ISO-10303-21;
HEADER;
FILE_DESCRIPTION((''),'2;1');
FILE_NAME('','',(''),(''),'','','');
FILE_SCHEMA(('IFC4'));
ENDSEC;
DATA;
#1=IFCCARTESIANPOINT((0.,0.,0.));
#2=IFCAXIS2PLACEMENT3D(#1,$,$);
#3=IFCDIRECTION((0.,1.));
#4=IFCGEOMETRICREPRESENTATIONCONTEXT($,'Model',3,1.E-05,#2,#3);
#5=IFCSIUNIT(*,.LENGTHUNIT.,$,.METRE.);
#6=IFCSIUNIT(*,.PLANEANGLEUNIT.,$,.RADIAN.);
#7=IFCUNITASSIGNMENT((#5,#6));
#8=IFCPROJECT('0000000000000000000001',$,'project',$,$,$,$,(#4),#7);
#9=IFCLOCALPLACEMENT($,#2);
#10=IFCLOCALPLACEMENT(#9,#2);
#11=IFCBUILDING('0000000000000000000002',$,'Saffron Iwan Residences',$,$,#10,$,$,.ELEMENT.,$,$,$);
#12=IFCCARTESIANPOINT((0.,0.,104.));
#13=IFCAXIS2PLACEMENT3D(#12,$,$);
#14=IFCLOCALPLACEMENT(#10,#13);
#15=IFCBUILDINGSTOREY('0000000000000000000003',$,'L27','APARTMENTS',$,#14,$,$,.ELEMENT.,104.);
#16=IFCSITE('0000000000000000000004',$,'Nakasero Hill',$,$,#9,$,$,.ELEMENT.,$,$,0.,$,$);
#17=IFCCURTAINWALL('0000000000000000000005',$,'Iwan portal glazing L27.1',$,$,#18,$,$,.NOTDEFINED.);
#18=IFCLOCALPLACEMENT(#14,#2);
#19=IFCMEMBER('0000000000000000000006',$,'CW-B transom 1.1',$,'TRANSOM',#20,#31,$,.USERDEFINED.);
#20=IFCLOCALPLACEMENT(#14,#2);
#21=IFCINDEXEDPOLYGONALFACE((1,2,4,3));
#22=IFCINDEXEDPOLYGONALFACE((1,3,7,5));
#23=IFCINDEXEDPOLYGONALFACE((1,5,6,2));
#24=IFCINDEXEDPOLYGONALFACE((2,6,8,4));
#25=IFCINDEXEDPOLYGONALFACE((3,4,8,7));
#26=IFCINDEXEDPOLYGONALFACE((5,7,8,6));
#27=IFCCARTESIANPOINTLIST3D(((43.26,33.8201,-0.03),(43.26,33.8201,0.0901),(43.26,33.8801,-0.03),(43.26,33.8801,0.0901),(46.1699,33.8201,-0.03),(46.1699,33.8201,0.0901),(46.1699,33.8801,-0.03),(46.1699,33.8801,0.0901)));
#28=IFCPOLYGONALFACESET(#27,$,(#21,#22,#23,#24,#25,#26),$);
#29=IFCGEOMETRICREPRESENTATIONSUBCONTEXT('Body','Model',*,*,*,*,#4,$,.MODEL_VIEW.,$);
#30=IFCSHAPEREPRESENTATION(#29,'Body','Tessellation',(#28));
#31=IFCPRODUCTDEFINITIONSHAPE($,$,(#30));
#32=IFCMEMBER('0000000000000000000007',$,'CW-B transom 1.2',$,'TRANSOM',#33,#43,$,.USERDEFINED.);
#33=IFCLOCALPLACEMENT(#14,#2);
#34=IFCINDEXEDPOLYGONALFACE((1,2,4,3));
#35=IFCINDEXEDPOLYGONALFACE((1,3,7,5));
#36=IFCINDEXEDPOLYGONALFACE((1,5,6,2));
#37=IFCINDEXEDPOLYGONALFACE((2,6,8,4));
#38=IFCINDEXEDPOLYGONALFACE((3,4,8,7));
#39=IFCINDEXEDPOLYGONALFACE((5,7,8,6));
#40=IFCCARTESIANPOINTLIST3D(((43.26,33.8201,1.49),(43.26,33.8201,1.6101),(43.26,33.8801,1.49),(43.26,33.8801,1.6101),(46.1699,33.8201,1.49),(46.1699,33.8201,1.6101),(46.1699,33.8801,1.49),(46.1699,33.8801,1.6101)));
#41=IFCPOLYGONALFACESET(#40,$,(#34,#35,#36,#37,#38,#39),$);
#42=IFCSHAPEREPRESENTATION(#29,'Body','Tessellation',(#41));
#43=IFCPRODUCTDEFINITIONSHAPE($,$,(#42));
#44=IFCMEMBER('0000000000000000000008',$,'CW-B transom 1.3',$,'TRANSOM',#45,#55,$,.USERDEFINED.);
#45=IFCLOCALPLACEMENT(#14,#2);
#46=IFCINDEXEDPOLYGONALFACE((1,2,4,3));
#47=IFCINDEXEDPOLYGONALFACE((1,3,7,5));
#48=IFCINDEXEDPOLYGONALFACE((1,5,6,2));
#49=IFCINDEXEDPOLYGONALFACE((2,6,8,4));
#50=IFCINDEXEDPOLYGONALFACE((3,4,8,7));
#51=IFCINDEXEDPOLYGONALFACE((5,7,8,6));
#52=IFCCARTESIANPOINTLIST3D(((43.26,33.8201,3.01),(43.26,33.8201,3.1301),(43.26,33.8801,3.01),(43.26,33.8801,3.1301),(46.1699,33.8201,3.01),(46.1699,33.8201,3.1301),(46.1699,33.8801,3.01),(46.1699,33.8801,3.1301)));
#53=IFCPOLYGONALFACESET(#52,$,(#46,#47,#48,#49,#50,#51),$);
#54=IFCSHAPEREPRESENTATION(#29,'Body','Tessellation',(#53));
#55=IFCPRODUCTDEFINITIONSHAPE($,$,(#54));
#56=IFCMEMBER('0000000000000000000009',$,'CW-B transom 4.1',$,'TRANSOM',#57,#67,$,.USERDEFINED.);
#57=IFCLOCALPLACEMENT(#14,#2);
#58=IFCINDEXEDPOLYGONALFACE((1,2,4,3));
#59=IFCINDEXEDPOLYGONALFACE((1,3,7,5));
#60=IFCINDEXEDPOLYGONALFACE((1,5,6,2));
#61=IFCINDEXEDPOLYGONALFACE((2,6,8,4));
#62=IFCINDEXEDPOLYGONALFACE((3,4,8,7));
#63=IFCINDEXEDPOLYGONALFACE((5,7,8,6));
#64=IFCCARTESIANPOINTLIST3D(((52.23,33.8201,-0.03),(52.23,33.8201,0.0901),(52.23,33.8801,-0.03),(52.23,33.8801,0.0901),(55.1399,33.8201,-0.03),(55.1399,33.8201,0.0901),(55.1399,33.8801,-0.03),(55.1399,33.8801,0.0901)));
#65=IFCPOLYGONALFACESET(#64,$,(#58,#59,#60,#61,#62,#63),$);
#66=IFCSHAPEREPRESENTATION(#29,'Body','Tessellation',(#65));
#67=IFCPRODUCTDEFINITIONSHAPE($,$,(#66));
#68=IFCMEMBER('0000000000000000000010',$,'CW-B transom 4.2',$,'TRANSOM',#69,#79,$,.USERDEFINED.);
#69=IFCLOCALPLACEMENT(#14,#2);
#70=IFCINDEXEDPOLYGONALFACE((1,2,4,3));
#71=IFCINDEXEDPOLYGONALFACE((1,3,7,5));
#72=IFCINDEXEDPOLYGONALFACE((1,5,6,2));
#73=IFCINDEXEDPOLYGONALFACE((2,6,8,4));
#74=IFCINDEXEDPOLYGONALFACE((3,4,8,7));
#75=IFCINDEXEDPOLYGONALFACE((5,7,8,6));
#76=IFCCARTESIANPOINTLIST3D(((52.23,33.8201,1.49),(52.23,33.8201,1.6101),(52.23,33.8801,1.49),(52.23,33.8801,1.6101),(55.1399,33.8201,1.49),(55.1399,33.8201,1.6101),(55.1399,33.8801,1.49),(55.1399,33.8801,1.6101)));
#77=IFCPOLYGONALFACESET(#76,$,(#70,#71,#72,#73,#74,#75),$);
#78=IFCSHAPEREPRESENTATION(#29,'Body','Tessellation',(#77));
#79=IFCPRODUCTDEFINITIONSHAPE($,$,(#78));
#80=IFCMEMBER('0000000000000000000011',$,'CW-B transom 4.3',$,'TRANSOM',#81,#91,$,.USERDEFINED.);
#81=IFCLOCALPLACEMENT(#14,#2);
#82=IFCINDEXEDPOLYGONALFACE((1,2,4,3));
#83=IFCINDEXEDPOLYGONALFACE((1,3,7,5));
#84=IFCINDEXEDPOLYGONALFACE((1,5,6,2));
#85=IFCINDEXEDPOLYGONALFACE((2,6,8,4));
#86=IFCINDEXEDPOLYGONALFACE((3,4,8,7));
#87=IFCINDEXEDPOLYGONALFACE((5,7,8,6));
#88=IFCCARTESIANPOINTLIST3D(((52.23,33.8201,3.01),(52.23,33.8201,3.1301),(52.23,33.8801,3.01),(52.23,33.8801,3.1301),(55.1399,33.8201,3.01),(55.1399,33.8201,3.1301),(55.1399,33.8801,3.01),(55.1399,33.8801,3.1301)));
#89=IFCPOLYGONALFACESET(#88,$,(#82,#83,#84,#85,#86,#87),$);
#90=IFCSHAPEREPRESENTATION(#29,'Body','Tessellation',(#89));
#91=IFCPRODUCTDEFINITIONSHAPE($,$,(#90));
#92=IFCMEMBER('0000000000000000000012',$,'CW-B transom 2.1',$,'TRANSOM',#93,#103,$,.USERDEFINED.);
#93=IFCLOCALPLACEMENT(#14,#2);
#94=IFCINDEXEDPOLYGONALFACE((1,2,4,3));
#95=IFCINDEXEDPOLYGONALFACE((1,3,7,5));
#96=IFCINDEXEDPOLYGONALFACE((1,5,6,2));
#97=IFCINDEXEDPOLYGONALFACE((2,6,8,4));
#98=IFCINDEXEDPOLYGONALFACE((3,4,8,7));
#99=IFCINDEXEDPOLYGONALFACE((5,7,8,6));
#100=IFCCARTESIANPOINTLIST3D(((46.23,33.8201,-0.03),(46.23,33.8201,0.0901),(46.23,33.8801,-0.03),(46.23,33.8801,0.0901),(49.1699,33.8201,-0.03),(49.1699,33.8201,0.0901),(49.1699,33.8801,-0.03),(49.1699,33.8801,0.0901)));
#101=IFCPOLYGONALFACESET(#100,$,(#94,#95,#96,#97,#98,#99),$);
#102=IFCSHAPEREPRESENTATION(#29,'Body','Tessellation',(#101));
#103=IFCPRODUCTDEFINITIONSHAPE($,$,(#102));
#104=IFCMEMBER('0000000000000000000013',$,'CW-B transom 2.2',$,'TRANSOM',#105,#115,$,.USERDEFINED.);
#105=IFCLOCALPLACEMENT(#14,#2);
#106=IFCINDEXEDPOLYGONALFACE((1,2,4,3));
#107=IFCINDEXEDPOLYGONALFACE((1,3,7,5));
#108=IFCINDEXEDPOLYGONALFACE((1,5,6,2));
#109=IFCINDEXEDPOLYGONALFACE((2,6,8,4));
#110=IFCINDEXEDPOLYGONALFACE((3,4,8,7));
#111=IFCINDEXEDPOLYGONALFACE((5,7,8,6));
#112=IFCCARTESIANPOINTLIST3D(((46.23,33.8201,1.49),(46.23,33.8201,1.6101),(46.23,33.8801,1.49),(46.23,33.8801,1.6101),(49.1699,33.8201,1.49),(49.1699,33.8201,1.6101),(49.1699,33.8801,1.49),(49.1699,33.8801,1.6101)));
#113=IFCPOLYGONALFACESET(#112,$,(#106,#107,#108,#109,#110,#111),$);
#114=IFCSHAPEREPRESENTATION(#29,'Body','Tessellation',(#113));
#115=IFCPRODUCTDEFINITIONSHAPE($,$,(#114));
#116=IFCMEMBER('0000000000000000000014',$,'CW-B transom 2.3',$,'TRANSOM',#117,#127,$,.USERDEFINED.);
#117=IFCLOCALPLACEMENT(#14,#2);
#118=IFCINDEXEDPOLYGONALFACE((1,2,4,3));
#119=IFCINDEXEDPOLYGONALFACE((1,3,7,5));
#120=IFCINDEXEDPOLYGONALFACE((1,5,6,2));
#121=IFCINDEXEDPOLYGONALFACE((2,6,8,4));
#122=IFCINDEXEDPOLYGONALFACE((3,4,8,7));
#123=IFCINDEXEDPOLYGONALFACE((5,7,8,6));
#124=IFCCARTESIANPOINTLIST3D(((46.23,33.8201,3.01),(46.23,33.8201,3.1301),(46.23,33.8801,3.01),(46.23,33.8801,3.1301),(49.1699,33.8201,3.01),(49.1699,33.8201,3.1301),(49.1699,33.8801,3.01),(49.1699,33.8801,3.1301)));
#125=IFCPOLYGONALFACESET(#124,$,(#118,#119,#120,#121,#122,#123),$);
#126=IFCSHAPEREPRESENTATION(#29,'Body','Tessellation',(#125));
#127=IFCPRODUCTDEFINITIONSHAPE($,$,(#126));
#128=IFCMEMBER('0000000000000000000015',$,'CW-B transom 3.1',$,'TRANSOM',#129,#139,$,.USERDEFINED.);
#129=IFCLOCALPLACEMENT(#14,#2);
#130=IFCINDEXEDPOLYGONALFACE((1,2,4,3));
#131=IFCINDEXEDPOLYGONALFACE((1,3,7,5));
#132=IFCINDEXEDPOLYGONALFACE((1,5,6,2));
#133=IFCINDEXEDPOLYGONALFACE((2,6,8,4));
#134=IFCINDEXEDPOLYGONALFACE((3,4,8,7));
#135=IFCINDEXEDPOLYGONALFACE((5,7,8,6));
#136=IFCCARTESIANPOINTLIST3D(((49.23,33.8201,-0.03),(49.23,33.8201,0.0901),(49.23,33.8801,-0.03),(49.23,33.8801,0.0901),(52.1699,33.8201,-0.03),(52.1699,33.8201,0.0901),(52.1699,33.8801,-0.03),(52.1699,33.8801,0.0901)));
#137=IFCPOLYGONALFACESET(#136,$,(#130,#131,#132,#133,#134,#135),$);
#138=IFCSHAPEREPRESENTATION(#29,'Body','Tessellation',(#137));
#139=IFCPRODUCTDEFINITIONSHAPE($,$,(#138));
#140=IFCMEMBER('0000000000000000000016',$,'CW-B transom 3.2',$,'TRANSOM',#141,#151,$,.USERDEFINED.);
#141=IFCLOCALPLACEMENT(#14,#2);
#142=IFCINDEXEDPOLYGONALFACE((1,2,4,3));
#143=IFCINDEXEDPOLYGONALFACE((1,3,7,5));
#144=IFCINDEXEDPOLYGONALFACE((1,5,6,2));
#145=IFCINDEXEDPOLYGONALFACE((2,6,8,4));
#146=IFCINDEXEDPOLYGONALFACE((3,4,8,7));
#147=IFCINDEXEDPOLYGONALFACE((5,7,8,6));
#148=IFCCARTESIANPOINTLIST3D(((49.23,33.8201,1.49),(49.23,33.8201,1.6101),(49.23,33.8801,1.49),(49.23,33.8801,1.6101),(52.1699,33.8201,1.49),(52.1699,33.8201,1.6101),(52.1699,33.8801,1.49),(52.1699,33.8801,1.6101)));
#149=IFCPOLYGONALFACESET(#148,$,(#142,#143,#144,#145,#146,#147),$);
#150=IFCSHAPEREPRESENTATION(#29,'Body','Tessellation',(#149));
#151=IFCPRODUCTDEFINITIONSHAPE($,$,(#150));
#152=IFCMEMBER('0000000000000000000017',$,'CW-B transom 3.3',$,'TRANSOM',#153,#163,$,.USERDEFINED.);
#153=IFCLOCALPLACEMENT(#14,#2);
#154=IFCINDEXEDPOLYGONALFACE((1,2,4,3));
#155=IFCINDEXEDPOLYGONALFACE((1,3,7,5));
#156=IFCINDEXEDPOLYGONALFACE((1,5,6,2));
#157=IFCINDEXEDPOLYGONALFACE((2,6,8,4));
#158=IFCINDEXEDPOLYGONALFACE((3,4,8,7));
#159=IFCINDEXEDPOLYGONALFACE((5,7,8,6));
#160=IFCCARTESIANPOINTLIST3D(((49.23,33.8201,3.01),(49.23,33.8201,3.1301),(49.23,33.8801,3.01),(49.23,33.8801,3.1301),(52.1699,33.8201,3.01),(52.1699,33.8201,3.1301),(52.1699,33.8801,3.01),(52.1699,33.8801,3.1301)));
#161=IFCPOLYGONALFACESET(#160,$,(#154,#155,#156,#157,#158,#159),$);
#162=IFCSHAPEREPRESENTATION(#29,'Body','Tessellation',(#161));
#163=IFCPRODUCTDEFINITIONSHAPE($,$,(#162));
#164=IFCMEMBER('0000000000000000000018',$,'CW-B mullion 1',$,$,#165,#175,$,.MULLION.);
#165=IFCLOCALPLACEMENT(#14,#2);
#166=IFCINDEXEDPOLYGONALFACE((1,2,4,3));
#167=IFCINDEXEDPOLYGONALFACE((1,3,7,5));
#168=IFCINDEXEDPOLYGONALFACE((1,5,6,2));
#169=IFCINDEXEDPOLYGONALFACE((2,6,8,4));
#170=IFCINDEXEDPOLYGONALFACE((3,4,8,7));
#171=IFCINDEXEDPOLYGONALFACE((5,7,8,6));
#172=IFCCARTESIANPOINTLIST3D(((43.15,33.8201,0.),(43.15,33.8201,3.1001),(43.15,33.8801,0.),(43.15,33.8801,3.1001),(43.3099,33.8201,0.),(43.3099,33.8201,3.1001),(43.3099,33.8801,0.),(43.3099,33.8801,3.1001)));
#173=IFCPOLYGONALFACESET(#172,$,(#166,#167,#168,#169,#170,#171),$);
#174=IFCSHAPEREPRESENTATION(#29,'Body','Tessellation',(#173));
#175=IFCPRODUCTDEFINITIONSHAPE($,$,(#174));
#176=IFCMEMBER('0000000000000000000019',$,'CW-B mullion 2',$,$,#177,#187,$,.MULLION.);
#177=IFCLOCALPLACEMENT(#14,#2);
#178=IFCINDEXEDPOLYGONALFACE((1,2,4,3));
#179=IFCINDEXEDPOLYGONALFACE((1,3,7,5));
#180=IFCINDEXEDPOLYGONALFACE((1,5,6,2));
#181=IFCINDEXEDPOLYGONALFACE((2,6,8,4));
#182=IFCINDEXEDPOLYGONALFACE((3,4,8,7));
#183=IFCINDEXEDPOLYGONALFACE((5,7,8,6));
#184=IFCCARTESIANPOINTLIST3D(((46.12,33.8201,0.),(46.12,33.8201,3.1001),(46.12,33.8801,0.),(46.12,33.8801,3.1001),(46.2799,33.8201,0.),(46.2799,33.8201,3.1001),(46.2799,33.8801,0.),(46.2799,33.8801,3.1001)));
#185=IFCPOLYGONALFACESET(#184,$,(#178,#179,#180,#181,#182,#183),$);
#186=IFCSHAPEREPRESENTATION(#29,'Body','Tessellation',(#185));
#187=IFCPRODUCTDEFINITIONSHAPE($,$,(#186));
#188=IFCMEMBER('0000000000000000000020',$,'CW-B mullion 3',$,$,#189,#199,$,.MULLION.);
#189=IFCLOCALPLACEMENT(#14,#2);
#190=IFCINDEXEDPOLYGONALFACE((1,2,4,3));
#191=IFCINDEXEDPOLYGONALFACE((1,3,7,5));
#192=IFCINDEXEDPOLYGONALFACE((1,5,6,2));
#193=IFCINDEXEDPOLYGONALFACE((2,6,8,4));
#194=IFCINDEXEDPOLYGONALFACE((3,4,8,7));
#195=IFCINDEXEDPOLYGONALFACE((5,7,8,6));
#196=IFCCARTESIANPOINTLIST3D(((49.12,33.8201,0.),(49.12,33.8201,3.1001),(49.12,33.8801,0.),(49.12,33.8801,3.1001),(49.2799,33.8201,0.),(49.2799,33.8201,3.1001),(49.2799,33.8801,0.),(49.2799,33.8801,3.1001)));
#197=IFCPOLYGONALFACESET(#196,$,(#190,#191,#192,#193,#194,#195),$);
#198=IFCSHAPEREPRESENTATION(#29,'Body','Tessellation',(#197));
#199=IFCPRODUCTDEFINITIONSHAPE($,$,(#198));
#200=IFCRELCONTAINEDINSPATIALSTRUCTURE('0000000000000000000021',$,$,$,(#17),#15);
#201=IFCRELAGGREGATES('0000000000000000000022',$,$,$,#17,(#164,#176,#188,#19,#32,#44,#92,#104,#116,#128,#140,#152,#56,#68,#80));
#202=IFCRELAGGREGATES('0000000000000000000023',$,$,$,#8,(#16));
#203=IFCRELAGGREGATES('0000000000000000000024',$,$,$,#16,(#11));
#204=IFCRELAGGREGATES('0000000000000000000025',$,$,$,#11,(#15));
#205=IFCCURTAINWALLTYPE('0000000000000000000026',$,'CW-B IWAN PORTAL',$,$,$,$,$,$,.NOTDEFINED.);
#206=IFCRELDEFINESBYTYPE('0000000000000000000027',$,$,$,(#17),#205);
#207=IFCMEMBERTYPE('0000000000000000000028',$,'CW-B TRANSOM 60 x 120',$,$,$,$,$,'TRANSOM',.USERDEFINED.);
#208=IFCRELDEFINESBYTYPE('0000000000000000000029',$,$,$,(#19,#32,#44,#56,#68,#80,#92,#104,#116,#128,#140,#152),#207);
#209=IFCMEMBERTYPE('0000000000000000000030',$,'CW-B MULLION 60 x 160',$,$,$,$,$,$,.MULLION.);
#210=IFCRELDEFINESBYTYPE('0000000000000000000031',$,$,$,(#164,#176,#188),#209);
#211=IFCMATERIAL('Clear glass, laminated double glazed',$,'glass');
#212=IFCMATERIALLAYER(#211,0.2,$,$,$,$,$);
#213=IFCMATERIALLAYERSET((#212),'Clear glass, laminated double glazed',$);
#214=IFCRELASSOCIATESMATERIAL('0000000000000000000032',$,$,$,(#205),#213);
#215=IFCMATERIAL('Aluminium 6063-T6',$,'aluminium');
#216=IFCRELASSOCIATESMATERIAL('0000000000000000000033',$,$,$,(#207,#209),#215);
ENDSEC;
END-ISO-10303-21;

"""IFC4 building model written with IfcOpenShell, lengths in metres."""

from ifc_helpers import new_model, si_unit, direction, frame, origin, origin_2d, place, context, subcontext, project, spatial, rectangle, extrude, source, transform, mapped, material, layer, layer_set, material_profile, profile_set, type_object, element, aggregate, save


model = new_model("IFC4")

# Units and contexts
model_context = context("Model", 3, precision=1e-05, world=origin(), true_north=direction((0.0, 1.0)))
body_context = subcontext(model_context, "Body", "Model", "MODEL_VIEW")
ifc_project = project(units=[si_unit("LENGTHUNIT", "METRE"), si_unit("PLANEANGLEUNIT", "RADIAN")], contexts=[model_context])

# Site, building, storey
site_placement = place(None, origin())
site = spatial("IfcSite", under=ifc_project, at=site_placement, Name="Nakasero Hill", CompositionType="ELEMENT", RefElevation=0.0)
building_placement = place(site_placement, origin())
building = spatial("IfcBuilding", under=site, at=building_placement, Name="Saffron Iwan Residences", CompositionType="ELEMENT")
storey_placement = place(building_placement, frame((0.0, 0.0, 104.0)))
storey = spatial("IfcBuildingStorey", under=building, at=storey_placement, Name="L27", Description="APARTMENTS", CompositionType="ELEMENT", Elevation=104.0)

# Curtain wall, members
ifc_material_1 = material(Name="Clear glass, laminated double glazed", Category="glass")
ifc_layer_1 = layer(ifc_material_1, 0.2)
ifc_layer_set_1 = layer_set([ifc_layer_1], Name="Clear glass, laminated double glazed")
curtain_wall_type = type_object("IfcCurtainWallType", Name="CW-B IWAN PORTAL", PredefinedType="NOTDEFINED", material=ifc_layer_set_1)
curtain_wall_placement = place(storey_placement, origin())
curtain_wall = element("IfcCurtainWall", 1, at=curtain_wall_placement, inside=storey, type_object=curtain_wall_type, Name="Iwan portal glazing L27.1", PredefinedType="NOTDEFINED")
ifc_material_2 = material(Name="Aluminium 6063-T6", Category="aluminium")
ifc_material_profile_1 = material_profile(ifc_material_2, rectangle(XDim=0.0601, YDim=0.1201, at=origin_2d()), Name="CW-B TRANSOM 60 x 120")
ifc_profile_set_1 = profile_set([ifc_material_profile_1], Name="Aluminium 6063-T6")
member_type_1 = type_object("IfcMemberType", Name="CW-B TRANSOM 60 x 120", ElementType="TRANSOM", PredefinedType="USERDEFINED", material=ifc_profile_set_1)
shared_shape_1 = source(origin(), body_context, "Body", "SweptSolid", [
    extrude(rectangle(XDim=0.0601, YDim=0.1201, at=origin_2d()), origin(), (0.0, 0.0, 1.0), 2.9099),
])
member_1_placement = place(storey_placement, frame((43.26, 33.8501, 0.03), z_axis=(1.0, 0.0, 0.0), x_axis=(0.0, 1.0, 0.0)))
member_1 = element("IfcMember", 2, at=member_1_placement, type_object=member_type_1, Name="CW-B transom 1.1", ObjectType="TRANSOM", PredefinedType="USERDEFINED", context=body_context, shape_type="MappedRepresentation", body=[
    mapped(shared_shape_1, transform((0.0, 0.0, 0.0))),
])
member_2_placement = place(storey_placement, frame((43.26, 33.8501, 1.55), z_axis=(1.0, 0.0, 0.0), x_axis=(0.0, 1.0, 0.0)))
member_2 = element("IfcMember", 3, at=member_2_placement, type_object=member_type_1, Name="CW-B transom 1.2", ObjectType="TRANSOM", PredefinedType="USERDEFINED", context=body_context, shape_type="MappedRepresentation", body=[
    mapped(shared_shape_1, transform((0.0, 0.0, 0.0))),
])
member_3_placement = place(storey_placement, frame((43.26, 33.8501, 3.0701), z_axis=(1.0, 0.0, 0.0), x_axis=(0.0, 1.0, 0.0)))
member_3 = element("IfcMember", 4, at=member_3_placement, type_object=member_type_1, Name="CW-B transom 1.3", ObjectType="TRANSOM", PredefinedType="USERDEFINED", context=body_context, shape_type="MappedRepresentation", body=[
    mapped(shared_shape_1, transform((0.0, 0.0, 0.0))),
])
member_4_placement = place(storey_placement, frame((52.23, 33.8501, 0.03), z_axis=(1.0, 0.0, 0.0), x_axis=(0.0, 1.0, 0.0)))
member_4 = element("IfcMember", 5, at=member_4_placement, type_object=member_type_1, Name="CW-B transom 4.1", ObjectType="TRANSOM", PredefinedType="USERDEFINED", context=body_context, shape_type="MappedRepresentation", body=[
    mapped(shared_shape_1, transform((0.0, 0.0, 0.0))),
])
member_5_placement = place(storey_placement, frame((52.23, 33.8501, 1.55), z_axis=(1.0, 0.0, 0.0), x_axis=(0.0, 1.0, 0.0)))
member_5 = element("IfcMember", 6, at=member_5_placement, type_object=member_type_1, Name="CW-B transom 4.2", ObjectType="TRANSOM", PredefinedType="USERDEFINED", context=body_context, shape_type="MappedRepresentation", body=[
    mapped(shared_shape_1, transform((0.0, 0.0, 0.0))),
])
member_6_placement = place(storey_placement, frame((52.23, 33.8501, 3.0701), z_axis=(1.0, 0.0, 0.0), x_axis=(0.0, 1.0, 0.0)))
member_6 = element("IfcMember", 7, at=member_6_placement, type_object=member_type_1, Name="CW-B transom 4.3", ObjectType="TRANSOM", PredefinedType="USERDEFINED", context=body_context, shape_type="MappedRepresentation", body=[
    mapped(shared_shape_1, transform((0.0, 0.0, 0.0))),
])
shared_shape_2 = source(origin(), body_context, "Body", "SweptSolid", [
    extrude(rectangle(XDim=0.0601, YDim=0.1201, at=origin_2d()), origin(), (0.0, 0.0, 1.0), 2.9399),
])
member_7_placement = place(storey_placement, frame((46.23, 33.8501, 0.03), z_axis=(1.0, 0.0, 0.0), x_axis=(0.0, 1.0, 0.0)))
member_7 = element("IfcMember", 8, at=member_7_placement, type_object=member_type_1, Name="CW-B transom 2.1", ObjectType="TRANSOM", PredefinedType="USERDEFINED", context=body_context, shape_type="MappedRepresentation", body=[
    mapped(shared_shape_2, transform((0.0, 0.0, 0.0))),
])
member_8_placement = place(storey_placement, frame((46.23, 33.8501, 1.55), z_axis=(1.0, 0.0, 0.0), x_axis=(0.0, 1.0, 0.0)))
member_8 = element("IfcMember", 9, at=member_8_placement, type_object=member_type_1, Name="CW-B transom 2.2", ObjectType="TRANSOM", PredefinedType="USERDEFINED", context=body_context, shape_type="MappedRepresentation", body=[
    mapped(shared_shape_2, transform((0.0, 0.0, 0.0))),
])
member_9_placement = place(storey_placement, frame((46.23, 33.8501, 3.0701), z_axis=(1.0, 0.0, 0.0), x_axis=(0.0, 1.0, 0.0)))
member_9 = element("IfcMember", 10, at=member_9_placement, type_object=member_type_1, Name="CW-B transom 2.3", ObjectType="TRANSOM", PredefinedType="USERDEFINED", context=body_context, shape_type="MappedRepresentation", body=[
    mapped(shared_shape_2, transform((0.0, 0.0, 0.0))),
])
member_10_placement = place(storey_placement, frame((49.23, 33.8501, 0.03), z_axis=(1.0, 0.0, 0.0), x_axis=(0.0, 1.0, 0.0)))
member_10 = element("IfcMember", 11, at=member_10_placement, type_object=member_type_1, Name="CW-B transom 3.1", ObjectType="TRANSOM", PredefinedType="USERDEFINED", context=body_context, shape_type="MappedRepresentation", body=[
    mapped(shared_shape_2, transform((0.0, 0.0, 0.0))),
])
member_11_placement = place(storey_placement, frame((49.23, 33.8501, 1.55), z_axis=(1.0, 0.0, 0.0), x_axis=(0.0, 1.0, 0.0)))
member_11 = element("IfcMember", 12, at=member_11_placement, type_object=member_type_1, Name="CW-B transom 3.2", ObjectType="TRANSOM", PredefinedType="USERDEFINED", context=body_context, shape_type="MappedRepresentation", body=[
    mapped(shared_shape_2, transform((0.0, 0.0, 0.0))),
])
member_12_placement = place(storey_placement, frame((49.23, 33.8501, 3.0701), z_axis=(1.0, 0.0, 0.0), x_axis=(0.0, 1.0, 0.0)))
member_12 = element("IfcMember", 13, at=member_12_placement, type_object=member_type_1, Name="CW-B transom 3.3", ObjectType="TRANSOM", PredefinedType="USERDEFINED", context=body_context, shape_type="MappedRepresentation", body=[
    mapped(shared_shape_2, transform((0.0, 0.0, 0.0))),
])
ifc_material_profile_2 = material_profile(ifc_material_2, rectangle(XDim=0.0601, YDim=0.1599, at=origin_2d()), Name="CW-B MULLION 60 x 160")
ifc_profile_set_2 = profile_set([ifc_material_profile_2], Name="Aluminium 6063-T6")
member_type_2 = type_object("IfcMemberType", Name="CW-B MULLION 60 x 160", PredefinedType="MULLION", material=ifc_profile_set_2)
shared_shape_3 = source(origin(), body_context, "Body", "SweptSolid", [
    extrude(rectangle(XDim=0.0601, YDim=0.1599, at=origin_2d()), origin(), (0.0, 0.0, 1.0), 3.1001),
])
member_13_placement = place(storey_placement, frame((43.23, 33.8501, 0.0), z_axis=(0.0, 0.0, 1.0), x_axis=(0.0, 1.0, 0.0)))
member_13 = element("IfcMember", 14, at=member_13_placement, type_object=member_type_2, Name="CW-B mullion 1", PredefinedType="MULLION", context=body_context, shape_type="MappedRepresentation", body=[
    mapped(shared_shape_3, transform((0.0, 0.0, 0.0))),
])
member_14_placement = place(storey_placement, frame((46.2, 33.8501, 0.0), z_axis=(0.0, 0.0, 1.0), x_axis=(0.0, 1.0, 0.0)))
member_14 = element("IfcMember", 15, at=member_14_placement, type_object=member_type_2, Name="CW-B mullion 2", PredefinedType="MULLION", context=body_context, shape_type="MappedRepresentation", body=[
    mapped(shared_shape_3, transform((0.0, 0.0, 0.0))),
])
member_15_placement = place(storey_placement, frame((49.2, 33.8501, 0.0), z_axis=(0.0, 0.0, 1.0), x_axis=(0.0, 1.0, 0.0)))
member_15 = element("IfcMember", 16, at=member_15_placement, type_object=member_type_2, Name="CW-B mullion 3", PredefinedType="MULLION", context=body_context, shape_type="MappedRepresentation", body=[
    mapped(shared_shape_3, transform((0.0, 0.0, 0.0))),
])
aggregate(curtain_wall, [member_13, member_14, member_15, member_1, member_2, member_3, member_7, member_8, member_9, member_10, member_11, member_12, member_4, member_5, member_6])

save(model, "model.ifc")
